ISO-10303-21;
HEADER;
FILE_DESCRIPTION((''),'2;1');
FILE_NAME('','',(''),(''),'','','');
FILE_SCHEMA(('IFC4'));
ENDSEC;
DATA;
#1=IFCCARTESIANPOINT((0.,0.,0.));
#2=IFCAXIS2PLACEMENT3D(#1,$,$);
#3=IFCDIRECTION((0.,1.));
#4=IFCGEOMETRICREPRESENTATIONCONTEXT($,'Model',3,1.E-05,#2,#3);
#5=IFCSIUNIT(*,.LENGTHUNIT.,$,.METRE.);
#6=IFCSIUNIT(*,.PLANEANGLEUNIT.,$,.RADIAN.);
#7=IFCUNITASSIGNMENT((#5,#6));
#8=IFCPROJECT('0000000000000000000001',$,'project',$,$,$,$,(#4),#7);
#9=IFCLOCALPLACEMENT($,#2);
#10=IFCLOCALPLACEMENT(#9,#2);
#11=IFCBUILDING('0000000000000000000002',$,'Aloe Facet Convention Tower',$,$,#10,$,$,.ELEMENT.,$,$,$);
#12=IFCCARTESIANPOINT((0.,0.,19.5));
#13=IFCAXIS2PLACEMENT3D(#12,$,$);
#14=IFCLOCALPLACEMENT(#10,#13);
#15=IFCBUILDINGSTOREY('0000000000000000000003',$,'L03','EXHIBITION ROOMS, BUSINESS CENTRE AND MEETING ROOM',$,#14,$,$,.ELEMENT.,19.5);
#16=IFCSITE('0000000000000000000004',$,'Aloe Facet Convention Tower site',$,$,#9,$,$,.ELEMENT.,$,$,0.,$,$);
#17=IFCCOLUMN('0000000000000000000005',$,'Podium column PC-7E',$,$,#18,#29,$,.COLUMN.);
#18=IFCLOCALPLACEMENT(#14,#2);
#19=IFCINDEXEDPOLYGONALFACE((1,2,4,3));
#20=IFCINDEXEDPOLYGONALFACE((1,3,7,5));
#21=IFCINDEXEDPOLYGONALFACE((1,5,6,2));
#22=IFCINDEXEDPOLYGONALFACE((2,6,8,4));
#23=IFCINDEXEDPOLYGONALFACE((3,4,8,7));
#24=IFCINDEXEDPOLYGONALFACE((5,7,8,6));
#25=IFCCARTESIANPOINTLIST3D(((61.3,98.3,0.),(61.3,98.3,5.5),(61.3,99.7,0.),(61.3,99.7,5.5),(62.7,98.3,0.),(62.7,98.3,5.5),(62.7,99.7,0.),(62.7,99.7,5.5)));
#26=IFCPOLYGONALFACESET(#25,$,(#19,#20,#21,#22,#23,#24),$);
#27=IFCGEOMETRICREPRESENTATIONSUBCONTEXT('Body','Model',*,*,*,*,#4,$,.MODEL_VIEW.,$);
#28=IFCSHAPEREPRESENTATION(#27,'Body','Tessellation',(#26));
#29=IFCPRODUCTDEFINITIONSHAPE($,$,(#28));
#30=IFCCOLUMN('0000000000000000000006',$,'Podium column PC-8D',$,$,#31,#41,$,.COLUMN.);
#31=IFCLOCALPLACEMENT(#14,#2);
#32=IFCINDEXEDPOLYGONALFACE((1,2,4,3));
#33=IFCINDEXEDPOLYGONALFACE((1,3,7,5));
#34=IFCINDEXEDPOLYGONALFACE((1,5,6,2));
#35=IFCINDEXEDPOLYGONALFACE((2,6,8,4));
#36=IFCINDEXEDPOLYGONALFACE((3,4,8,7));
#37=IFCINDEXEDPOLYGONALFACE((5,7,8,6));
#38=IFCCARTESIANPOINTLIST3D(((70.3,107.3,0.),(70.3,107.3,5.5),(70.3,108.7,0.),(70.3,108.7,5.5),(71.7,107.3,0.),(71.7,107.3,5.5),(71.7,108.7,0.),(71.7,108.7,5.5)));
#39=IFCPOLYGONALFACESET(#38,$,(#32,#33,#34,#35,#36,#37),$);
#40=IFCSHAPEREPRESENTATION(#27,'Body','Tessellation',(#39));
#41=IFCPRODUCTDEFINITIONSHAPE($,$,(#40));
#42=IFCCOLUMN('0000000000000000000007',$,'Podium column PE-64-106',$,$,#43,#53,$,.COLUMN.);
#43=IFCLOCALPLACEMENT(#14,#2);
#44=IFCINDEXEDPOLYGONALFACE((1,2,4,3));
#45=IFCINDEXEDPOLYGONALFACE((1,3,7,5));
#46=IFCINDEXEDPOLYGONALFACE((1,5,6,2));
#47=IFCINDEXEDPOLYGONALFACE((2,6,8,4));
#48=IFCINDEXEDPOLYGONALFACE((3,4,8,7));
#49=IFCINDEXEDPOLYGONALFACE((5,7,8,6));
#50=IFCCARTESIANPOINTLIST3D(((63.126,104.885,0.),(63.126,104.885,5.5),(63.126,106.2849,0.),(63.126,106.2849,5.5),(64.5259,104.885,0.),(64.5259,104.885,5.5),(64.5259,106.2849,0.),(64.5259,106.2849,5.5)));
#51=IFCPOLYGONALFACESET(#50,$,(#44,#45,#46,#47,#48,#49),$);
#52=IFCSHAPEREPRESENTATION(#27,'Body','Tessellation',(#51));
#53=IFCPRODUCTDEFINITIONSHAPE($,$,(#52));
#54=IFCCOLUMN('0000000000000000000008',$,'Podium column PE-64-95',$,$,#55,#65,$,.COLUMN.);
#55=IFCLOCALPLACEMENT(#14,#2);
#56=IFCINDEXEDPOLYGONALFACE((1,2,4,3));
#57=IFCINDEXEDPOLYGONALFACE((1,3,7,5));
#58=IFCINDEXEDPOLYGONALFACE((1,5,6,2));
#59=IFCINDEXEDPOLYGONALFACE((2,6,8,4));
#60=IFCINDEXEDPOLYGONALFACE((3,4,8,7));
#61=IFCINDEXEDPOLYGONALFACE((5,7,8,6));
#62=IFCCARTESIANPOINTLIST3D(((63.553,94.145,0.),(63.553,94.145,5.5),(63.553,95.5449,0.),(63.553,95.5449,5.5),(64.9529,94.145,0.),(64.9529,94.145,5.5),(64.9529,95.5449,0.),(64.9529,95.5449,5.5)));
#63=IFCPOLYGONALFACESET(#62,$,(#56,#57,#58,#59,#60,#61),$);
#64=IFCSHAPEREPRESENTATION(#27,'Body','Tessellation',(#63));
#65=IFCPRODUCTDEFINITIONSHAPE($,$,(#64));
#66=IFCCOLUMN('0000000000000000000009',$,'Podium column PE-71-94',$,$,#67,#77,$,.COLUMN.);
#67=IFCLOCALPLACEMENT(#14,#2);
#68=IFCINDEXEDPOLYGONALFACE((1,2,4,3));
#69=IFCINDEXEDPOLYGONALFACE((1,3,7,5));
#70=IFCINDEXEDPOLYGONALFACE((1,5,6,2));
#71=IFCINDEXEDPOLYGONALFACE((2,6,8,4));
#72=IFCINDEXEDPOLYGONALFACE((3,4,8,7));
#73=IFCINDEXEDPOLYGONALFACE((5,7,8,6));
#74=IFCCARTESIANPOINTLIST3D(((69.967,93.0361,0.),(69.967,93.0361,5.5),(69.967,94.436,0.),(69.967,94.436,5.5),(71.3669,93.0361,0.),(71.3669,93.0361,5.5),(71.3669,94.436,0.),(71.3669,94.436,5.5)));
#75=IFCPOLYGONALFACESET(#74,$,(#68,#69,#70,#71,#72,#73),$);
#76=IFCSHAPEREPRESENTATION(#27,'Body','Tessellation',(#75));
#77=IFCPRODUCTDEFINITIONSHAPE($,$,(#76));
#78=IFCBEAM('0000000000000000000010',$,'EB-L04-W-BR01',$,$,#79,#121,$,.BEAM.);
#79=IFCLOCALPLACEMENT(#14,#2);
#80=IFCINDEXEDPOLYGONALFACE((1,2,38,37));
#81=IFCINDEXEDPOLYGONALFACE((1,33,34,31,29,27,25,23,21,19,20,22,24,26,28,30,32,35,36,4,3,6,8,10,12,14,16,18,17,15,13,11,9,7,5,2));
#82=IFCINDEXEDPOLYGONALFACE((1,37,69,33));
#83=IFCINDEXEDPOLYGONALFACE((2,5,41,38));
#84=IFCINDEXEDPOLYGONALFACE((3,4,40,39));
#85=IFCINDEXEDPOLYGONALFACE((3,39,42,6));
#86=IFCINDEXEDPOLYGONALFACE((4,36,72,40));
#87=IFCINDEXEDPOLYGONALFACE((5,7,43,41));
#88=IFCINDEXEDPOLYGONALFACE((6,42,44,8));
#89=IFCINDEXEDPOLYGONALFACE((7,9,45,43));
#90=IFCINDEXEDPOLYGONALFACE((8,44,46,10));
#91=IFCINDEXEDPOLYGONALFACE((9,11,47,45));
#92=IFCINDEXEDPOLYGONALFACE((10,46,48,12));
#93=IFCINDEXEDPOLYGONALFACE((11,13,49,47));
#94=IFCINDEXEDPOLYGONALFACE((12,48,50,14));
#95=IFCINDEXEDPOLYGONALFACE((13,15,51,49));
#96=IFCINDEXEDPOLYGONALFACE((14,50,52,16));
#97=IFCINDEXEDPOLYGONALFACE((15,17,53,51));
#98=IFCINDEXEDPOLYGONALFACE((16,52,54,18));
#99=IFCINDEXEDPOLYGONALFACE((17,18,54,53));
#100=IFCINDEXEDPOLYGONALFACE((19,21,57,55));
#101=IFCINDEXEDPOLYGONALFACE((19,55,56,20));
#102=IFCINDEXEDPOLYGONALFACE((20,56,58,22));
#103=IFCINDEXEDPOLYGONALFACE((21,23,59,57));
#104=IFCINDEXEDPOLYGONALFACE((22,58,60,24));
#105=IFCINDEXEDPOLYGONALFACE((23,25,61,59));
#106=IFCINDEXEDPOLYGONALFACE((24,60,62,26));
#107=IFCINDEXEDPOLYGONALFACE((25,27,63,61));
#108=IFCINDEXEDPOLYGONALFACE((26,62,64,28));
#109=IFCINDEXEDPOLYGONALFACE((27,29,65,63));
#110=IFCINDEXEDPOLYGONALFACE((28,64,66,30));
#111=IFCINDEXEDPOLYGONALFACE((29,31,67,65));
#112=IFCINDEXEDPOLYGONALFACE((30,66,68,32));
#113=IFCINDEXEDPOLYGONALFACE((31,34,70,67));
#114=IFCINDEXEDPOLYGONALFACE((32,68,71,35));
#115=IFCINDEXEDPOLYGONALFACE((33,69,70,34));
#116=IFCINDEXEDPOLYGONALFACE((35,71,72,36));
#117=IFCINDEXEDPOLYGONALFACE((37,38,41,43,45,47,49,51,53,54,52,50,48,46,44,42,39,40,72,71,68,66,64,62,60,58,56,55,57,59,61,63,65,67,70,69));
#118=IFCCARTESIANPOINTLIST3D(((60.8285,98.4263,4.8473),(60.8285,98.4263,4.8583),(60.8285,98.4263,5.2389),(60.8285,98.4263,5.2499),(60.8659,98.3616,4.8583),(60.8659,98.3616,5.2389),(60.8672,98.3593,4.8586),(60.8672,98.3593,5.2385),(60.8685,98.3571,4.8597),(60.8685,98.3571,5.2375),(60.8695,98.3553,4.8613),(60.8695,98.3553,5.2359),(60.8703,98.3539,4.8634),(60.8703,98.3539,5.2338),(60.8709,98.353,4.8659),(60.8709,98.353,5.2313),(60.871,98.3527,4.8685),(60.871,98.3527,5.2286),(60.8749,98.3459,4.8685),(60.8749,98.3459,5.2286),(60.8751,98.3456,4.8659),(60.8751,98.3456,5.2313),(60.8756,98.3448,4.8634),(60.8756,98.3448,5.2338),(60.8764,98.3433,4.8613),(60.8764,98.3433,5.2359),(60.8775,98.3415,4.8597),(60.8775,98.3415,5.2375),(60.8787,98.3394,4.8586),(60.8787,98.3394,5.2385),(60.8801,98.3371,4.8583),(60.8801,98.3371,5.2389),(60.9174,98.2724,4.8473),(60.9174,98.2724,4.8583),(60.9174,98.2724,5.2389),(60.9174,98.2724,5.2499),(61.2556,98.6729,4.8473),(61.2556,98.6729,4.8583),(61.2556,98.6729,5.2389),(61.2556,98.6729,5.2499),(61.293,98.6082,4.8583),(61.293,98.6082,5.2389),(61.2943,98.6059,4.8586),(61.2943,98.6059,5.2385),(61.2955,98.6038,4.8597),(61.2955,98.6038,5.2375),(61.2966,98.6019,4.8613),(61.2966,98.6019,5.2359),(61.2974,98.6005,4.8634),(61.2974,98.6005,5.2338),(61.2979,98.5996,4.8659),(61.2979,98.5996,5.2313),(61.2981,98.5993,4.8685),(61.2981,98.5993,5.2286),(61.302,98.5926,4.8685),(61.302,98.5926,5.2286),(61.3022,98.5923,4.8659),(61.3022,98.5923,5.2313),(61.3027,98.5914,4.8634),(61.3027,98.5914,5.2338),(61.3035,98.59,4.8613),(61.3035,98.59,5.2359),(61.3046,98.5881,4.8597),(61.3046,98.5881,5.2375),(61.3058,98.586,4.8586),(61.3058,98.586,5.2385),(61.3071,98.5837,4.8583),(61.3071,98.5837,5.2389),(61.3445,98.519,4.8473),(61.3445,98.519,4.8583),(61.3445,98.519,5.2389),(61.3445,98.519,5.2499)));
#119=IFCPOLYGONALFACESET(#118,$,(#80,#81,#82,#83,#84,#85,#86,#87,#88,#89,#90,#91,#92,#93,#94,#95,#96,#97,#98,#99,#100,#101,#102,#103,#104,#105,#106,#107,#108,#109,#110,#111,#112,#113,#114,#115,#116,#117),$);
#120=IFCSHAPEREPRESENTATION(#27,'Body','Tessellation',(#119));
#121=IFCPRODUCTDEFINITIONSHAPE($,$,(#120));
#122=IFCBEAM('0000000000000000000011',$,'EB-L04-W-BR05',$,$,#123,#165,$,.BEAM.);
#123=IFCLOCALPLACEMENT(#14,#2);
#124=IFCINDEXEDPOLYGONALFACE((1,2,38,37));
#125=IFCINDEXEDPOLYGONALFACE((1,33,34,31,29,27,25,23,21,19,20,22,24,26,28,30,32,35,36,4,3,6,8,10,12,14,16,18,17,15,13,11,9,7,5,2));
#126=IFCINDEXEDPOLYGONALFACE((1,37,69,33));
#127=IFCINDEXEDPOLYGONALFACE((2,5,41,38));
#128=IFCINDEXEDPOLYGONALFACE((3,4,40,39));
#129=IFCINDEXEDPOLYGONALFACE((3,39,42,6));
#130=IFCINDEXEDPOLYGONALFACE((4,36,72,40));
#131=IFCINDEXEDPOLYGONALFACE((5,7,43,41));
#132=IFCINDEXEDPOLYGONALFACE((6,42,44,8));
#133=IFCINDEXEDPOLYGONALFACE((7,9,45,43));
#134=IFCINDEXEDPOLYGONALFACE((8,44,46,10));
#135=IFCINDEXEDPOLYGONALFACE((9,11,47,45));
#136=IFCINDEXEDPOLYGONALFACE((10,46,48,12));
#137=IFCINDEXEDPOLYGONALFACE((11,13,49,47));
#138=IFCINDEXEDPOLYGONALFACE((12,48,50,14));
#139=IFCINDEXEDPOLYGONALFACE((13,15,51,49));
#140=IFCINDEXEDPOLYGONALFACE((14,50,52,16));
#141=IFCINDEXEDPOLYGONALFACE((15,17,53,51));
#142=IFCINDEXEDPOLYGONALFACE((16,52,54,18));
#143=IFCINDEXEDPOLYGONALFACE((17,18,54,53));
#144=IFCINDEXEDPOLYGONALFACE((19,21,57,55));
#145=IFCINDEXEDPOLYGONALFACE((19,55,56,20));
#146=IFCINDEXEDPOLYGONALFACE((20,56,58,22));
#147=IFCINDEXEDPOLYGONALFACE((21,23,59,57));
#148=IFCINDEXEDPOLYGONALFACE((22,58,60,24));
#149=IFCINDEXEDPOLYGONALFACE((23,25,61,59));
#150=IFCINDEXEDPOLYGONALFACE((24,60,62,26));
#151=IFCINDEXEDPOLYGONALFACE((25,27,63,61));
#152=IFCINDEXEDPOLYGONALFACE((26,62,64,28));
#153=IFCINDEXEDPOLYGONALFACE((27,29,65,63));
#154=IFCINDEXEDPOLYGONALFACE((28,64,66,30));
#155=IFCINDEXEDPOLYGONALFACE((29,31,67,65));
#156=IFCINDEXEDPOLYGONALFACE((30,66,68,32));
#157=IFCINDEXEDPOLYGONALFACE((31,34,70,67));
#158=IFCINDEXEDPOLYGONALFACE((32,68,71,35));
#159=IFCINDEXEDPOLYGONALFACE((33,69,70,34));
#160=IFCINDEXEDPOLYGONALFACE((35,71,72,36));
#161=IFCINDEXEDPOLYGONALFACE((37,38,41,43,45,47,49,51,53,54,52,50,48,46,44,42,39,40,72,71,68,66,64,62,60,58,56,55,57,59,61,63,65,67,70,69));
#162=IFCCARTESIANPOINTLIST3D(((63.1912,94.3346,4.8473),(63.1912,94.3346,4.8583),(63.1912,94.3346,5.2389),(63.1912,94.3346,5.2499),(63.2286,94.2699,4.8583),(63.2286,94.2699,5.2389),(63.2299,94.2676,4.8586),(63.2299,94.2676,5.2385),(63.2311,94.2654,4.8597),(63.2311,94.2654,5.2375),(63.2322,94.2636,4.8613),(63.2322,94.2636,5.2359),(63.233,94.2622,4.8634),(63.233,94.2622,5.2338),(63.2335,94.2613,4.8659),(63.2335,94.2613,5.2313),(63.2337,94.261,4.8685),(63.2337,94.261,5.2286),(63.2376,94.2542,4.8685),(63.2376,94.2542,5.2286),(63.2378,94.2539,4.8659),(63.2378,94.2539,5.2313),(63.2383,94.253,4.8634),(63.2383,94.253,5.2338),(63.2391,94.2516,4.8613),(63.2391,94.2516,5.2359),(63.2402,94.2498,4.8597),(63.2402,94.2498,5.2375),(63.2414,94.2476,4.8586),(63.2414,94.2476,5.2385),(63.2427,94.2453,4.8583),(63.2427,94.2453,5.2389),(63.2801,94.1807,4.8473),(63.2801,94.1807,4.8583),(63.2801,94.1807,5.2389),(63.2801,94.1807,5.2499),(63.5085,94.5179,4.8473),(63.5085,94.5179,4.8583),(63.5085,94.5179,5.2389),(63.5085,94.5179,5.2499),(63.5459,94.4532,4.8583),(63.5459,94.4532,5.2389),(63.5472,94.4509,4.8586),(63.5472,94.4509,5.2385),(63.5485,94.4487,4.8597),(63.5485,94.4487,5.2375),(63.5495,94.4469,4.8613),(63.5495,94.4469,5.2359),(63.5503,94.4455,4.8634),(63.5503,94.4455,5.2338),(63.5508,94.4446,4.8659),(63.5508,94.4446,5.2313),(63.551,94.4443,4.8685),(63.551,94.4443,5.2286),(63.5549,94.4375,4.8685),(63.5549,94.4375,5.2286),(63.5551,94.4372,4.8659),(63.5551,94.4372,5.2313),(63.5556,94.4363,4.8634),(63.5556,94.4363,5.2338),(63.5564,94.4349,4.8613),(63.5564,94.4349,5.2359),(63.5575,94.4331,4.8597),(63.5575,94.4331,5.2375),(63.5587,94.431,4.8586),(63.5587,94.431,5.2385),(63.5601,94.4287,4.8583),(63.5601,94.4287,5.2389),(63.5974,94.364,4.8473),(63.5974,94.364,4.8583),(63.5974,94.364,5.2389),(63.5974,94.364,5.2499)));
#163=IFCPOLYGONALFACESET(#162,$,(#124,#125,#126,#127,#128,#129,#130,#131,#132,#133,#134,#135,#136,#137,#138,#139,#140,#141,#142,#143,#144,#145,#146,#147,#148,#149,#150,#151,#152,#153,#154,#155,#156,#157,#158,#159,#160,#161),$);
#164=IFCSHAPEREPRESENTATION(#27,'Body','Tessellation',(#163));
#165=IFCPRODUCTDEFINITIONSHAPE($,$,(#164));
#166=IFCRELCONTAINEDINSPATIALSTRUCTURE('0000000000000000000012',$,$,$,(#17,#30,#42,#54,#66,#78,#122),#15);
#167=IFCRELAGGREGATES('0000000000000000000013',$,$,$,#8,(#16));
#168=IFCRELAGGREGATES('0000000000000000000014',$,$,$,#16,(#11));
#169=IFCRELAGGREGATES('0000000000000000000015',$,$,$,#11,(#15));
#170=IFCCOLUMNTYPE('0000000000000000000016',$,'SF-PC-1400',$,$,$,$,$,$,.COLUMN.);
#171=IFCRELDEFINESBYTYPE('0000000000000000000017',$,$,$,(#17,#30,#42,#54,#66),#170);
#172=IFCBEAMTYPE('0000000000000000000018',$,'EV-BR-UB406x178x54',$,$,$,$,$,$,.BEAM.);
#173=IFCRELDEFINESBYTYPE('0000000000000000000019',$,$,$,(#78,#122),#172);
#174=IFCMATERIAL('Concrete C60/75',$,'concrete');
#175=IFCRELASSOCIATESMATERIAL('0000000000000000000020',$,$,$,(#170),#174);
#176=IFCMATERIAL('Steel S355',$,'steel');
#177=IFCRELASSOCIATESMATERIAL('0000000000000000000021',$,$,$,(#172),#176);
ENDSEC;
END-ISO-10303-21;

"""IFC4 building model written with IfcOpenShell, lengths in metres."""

from ifc_helpers import new_model, si_unit, direction, frame, origin, origin_2d, place, context, subcontext, project, spatial, rectangle, i_section, extrude, material, material_profile, profile_set, type_object, element, save


model = new_model("IFC4")

# Units and contexts
model_context = context("Model", 3, precision=1e-05, world=origin(), true_north=direction((0.0, 1.0)))
body_context = subcontext(model_context, "Body", "Model", "MODEL_VIEW")
ifc_project = project(units=[si_unit("LENGTHUNIT", "METRE"), si_unit("PLANEANGLEUNIT", "RADIAN")], contexts=[model_context])

# Site, building, storey
site_placement = place(None, origin())
site = spatial("IfcSite", under=ifc_project, at=site_placement, Name="Aloe Facet Convention Tower site", CompositionType="ELEMENT", RefElevation=0.0)
building_placement = place(site_placement, origin())
building = spatial("IfcBuilding", under=site, at=building_placement, Name="Aloe Facet Convention Tower", CompositionType="ELEMENT")
storey_placement = place(building_placement, frame((0.0, 0.0, 19.5)))
storey = spatial("IfcBuildingStorey", under=building, at=storey_placement, Name="L03", Description="EXHIBITION ROOMS, BUSINESS CENTRE AND MEETING ROOM", CompositionType="ELEMENT", Elevation=19.5)

# Columns
ifc_material_1 = material(Name="Concrete C60/75", Category="concrete")
ifc_material_profile_1 = material_profile(ifc_material_1, rectangle(XDim=1.3999, YDim=1.3999, at=origin_2d()), Name="SF-PC-1400")
ifc_profile_set_1 = profile_set([ifc_material_profile_1], Name="Concrete C60/75")
column_type = type_object("IfcColumnType", Name="SF-PC-1400", PredefinedType="COLUMN", material=ifc_profile_set_1)
for number, where, z_axis, x_axis, name in (
    (1, (62.0, 99.0, 0.0), (0.0, 0.0, 1.0), (1.0, 0.0, 0.0), "Podium column PC-7E"),
    (2, (71.0, 108.0, 0.0), (0.0, 0.0, 1.0), (1.0, 0.0, 0.0), "Podium column PC-8D"),
    (3, (63.8259, 105.585, 0.0), (0.0, 0.0, 1.0), (1.0, 0.0, 0.0), "Podium column PE-64-106"),
    (4, (64.2529, 94.845, 0.0), (0.0, 0.0, 1.0), (1.0, 0.0, 0.0), "Podium column PE-64-95"),
    (5, (70.667, 93.7361, 0.0), (0.0, 0.0, 1.0), (1.0, 0.0, 0.0), "Podium column PE-71-94"),
):
    element("IfcColumn", number, at=place(storey_placement, frame(where, z_axis=z_axis, x_axis=x_axis)), inside=storey, type_object=column_type, Name=name, PredefinedType="COLUMN", context=body_context, shape_type="SweptSolid", body=[
        extrude(rectangle(XDim=1.3999, YDim=1.3999, at=origin_2d()), origin(), (0.0, 0.0, 1.0), 5.5),
    ])

# Beams
ifc_material_2 = material(Name="Steel S355", Category="steel")
ifc_material_profile_2 = material_profile(ifc_material_2, i_section(OverallWidth=0.1777, OverallDepth=0.4026, WebThickness=0.0078, FlangeThickness=0.011, FilletRadius=0.0103, at=origin_2d()), Name="UB 406x178x54")
ifc_profile_set_2 = profile_set([ifc_material_profile_2], Name="Steel S355")
beam_type_1 = type_object("IfcBeamType", Name="EV-BR-UB406x178x54", PredefinedType="BEAM", material=ifc_profile_set_2)
beam_1_placement = place(storey_placement, frame((61.3, 98.5959, 5.0486), z_axis=(-0.865979, -0.50008, 0.0), x_axis=(0.50008, -0.865979, 0.0)))
element("IfcBeam", 6, at=beam_1_placement, inside=storey, type_object=beam_type_1, Name="EB-L04-W-BR01", PredefinedType="BEAM", context=body_context, shape_type="SweptSolid", body=[
    extrude(i_section(OverallWidth=0.1777, OverallDepth=0.4026, WebThickness=0.0078, FlangeThickness=0.011, FilletRadius=0.0103, at=origin_2d()), origin(), (0.0, 0.0, 1.0), 0.4932),
])
beam_2_placement = place(storey_placement, frame((63.553, 94.4409, 5.0486), z_axis=(-0.865897, -0.500222, 0.0), x_axis=(0.500222, -0.865897, 0.0)))
element("IfcBeam", 7, at=beam_2_placement, inside=storey, type_object=beam_type_1, Name="EB-L04-W-BR05", PredefinedType="BEAM", context=body_context, shape_type="SweptSolid", body=[
    extrude(i_section(OverallWidth=0.1777, OverallDepth=0.4026, WebThickness=0.0078, FlangeThickness=0.011, FilletRadius=0.0103, at=origin_2d()), origin(), (0.0, 0.0, 1.0), 0.3665),
])

save(model, "model.ifc")
